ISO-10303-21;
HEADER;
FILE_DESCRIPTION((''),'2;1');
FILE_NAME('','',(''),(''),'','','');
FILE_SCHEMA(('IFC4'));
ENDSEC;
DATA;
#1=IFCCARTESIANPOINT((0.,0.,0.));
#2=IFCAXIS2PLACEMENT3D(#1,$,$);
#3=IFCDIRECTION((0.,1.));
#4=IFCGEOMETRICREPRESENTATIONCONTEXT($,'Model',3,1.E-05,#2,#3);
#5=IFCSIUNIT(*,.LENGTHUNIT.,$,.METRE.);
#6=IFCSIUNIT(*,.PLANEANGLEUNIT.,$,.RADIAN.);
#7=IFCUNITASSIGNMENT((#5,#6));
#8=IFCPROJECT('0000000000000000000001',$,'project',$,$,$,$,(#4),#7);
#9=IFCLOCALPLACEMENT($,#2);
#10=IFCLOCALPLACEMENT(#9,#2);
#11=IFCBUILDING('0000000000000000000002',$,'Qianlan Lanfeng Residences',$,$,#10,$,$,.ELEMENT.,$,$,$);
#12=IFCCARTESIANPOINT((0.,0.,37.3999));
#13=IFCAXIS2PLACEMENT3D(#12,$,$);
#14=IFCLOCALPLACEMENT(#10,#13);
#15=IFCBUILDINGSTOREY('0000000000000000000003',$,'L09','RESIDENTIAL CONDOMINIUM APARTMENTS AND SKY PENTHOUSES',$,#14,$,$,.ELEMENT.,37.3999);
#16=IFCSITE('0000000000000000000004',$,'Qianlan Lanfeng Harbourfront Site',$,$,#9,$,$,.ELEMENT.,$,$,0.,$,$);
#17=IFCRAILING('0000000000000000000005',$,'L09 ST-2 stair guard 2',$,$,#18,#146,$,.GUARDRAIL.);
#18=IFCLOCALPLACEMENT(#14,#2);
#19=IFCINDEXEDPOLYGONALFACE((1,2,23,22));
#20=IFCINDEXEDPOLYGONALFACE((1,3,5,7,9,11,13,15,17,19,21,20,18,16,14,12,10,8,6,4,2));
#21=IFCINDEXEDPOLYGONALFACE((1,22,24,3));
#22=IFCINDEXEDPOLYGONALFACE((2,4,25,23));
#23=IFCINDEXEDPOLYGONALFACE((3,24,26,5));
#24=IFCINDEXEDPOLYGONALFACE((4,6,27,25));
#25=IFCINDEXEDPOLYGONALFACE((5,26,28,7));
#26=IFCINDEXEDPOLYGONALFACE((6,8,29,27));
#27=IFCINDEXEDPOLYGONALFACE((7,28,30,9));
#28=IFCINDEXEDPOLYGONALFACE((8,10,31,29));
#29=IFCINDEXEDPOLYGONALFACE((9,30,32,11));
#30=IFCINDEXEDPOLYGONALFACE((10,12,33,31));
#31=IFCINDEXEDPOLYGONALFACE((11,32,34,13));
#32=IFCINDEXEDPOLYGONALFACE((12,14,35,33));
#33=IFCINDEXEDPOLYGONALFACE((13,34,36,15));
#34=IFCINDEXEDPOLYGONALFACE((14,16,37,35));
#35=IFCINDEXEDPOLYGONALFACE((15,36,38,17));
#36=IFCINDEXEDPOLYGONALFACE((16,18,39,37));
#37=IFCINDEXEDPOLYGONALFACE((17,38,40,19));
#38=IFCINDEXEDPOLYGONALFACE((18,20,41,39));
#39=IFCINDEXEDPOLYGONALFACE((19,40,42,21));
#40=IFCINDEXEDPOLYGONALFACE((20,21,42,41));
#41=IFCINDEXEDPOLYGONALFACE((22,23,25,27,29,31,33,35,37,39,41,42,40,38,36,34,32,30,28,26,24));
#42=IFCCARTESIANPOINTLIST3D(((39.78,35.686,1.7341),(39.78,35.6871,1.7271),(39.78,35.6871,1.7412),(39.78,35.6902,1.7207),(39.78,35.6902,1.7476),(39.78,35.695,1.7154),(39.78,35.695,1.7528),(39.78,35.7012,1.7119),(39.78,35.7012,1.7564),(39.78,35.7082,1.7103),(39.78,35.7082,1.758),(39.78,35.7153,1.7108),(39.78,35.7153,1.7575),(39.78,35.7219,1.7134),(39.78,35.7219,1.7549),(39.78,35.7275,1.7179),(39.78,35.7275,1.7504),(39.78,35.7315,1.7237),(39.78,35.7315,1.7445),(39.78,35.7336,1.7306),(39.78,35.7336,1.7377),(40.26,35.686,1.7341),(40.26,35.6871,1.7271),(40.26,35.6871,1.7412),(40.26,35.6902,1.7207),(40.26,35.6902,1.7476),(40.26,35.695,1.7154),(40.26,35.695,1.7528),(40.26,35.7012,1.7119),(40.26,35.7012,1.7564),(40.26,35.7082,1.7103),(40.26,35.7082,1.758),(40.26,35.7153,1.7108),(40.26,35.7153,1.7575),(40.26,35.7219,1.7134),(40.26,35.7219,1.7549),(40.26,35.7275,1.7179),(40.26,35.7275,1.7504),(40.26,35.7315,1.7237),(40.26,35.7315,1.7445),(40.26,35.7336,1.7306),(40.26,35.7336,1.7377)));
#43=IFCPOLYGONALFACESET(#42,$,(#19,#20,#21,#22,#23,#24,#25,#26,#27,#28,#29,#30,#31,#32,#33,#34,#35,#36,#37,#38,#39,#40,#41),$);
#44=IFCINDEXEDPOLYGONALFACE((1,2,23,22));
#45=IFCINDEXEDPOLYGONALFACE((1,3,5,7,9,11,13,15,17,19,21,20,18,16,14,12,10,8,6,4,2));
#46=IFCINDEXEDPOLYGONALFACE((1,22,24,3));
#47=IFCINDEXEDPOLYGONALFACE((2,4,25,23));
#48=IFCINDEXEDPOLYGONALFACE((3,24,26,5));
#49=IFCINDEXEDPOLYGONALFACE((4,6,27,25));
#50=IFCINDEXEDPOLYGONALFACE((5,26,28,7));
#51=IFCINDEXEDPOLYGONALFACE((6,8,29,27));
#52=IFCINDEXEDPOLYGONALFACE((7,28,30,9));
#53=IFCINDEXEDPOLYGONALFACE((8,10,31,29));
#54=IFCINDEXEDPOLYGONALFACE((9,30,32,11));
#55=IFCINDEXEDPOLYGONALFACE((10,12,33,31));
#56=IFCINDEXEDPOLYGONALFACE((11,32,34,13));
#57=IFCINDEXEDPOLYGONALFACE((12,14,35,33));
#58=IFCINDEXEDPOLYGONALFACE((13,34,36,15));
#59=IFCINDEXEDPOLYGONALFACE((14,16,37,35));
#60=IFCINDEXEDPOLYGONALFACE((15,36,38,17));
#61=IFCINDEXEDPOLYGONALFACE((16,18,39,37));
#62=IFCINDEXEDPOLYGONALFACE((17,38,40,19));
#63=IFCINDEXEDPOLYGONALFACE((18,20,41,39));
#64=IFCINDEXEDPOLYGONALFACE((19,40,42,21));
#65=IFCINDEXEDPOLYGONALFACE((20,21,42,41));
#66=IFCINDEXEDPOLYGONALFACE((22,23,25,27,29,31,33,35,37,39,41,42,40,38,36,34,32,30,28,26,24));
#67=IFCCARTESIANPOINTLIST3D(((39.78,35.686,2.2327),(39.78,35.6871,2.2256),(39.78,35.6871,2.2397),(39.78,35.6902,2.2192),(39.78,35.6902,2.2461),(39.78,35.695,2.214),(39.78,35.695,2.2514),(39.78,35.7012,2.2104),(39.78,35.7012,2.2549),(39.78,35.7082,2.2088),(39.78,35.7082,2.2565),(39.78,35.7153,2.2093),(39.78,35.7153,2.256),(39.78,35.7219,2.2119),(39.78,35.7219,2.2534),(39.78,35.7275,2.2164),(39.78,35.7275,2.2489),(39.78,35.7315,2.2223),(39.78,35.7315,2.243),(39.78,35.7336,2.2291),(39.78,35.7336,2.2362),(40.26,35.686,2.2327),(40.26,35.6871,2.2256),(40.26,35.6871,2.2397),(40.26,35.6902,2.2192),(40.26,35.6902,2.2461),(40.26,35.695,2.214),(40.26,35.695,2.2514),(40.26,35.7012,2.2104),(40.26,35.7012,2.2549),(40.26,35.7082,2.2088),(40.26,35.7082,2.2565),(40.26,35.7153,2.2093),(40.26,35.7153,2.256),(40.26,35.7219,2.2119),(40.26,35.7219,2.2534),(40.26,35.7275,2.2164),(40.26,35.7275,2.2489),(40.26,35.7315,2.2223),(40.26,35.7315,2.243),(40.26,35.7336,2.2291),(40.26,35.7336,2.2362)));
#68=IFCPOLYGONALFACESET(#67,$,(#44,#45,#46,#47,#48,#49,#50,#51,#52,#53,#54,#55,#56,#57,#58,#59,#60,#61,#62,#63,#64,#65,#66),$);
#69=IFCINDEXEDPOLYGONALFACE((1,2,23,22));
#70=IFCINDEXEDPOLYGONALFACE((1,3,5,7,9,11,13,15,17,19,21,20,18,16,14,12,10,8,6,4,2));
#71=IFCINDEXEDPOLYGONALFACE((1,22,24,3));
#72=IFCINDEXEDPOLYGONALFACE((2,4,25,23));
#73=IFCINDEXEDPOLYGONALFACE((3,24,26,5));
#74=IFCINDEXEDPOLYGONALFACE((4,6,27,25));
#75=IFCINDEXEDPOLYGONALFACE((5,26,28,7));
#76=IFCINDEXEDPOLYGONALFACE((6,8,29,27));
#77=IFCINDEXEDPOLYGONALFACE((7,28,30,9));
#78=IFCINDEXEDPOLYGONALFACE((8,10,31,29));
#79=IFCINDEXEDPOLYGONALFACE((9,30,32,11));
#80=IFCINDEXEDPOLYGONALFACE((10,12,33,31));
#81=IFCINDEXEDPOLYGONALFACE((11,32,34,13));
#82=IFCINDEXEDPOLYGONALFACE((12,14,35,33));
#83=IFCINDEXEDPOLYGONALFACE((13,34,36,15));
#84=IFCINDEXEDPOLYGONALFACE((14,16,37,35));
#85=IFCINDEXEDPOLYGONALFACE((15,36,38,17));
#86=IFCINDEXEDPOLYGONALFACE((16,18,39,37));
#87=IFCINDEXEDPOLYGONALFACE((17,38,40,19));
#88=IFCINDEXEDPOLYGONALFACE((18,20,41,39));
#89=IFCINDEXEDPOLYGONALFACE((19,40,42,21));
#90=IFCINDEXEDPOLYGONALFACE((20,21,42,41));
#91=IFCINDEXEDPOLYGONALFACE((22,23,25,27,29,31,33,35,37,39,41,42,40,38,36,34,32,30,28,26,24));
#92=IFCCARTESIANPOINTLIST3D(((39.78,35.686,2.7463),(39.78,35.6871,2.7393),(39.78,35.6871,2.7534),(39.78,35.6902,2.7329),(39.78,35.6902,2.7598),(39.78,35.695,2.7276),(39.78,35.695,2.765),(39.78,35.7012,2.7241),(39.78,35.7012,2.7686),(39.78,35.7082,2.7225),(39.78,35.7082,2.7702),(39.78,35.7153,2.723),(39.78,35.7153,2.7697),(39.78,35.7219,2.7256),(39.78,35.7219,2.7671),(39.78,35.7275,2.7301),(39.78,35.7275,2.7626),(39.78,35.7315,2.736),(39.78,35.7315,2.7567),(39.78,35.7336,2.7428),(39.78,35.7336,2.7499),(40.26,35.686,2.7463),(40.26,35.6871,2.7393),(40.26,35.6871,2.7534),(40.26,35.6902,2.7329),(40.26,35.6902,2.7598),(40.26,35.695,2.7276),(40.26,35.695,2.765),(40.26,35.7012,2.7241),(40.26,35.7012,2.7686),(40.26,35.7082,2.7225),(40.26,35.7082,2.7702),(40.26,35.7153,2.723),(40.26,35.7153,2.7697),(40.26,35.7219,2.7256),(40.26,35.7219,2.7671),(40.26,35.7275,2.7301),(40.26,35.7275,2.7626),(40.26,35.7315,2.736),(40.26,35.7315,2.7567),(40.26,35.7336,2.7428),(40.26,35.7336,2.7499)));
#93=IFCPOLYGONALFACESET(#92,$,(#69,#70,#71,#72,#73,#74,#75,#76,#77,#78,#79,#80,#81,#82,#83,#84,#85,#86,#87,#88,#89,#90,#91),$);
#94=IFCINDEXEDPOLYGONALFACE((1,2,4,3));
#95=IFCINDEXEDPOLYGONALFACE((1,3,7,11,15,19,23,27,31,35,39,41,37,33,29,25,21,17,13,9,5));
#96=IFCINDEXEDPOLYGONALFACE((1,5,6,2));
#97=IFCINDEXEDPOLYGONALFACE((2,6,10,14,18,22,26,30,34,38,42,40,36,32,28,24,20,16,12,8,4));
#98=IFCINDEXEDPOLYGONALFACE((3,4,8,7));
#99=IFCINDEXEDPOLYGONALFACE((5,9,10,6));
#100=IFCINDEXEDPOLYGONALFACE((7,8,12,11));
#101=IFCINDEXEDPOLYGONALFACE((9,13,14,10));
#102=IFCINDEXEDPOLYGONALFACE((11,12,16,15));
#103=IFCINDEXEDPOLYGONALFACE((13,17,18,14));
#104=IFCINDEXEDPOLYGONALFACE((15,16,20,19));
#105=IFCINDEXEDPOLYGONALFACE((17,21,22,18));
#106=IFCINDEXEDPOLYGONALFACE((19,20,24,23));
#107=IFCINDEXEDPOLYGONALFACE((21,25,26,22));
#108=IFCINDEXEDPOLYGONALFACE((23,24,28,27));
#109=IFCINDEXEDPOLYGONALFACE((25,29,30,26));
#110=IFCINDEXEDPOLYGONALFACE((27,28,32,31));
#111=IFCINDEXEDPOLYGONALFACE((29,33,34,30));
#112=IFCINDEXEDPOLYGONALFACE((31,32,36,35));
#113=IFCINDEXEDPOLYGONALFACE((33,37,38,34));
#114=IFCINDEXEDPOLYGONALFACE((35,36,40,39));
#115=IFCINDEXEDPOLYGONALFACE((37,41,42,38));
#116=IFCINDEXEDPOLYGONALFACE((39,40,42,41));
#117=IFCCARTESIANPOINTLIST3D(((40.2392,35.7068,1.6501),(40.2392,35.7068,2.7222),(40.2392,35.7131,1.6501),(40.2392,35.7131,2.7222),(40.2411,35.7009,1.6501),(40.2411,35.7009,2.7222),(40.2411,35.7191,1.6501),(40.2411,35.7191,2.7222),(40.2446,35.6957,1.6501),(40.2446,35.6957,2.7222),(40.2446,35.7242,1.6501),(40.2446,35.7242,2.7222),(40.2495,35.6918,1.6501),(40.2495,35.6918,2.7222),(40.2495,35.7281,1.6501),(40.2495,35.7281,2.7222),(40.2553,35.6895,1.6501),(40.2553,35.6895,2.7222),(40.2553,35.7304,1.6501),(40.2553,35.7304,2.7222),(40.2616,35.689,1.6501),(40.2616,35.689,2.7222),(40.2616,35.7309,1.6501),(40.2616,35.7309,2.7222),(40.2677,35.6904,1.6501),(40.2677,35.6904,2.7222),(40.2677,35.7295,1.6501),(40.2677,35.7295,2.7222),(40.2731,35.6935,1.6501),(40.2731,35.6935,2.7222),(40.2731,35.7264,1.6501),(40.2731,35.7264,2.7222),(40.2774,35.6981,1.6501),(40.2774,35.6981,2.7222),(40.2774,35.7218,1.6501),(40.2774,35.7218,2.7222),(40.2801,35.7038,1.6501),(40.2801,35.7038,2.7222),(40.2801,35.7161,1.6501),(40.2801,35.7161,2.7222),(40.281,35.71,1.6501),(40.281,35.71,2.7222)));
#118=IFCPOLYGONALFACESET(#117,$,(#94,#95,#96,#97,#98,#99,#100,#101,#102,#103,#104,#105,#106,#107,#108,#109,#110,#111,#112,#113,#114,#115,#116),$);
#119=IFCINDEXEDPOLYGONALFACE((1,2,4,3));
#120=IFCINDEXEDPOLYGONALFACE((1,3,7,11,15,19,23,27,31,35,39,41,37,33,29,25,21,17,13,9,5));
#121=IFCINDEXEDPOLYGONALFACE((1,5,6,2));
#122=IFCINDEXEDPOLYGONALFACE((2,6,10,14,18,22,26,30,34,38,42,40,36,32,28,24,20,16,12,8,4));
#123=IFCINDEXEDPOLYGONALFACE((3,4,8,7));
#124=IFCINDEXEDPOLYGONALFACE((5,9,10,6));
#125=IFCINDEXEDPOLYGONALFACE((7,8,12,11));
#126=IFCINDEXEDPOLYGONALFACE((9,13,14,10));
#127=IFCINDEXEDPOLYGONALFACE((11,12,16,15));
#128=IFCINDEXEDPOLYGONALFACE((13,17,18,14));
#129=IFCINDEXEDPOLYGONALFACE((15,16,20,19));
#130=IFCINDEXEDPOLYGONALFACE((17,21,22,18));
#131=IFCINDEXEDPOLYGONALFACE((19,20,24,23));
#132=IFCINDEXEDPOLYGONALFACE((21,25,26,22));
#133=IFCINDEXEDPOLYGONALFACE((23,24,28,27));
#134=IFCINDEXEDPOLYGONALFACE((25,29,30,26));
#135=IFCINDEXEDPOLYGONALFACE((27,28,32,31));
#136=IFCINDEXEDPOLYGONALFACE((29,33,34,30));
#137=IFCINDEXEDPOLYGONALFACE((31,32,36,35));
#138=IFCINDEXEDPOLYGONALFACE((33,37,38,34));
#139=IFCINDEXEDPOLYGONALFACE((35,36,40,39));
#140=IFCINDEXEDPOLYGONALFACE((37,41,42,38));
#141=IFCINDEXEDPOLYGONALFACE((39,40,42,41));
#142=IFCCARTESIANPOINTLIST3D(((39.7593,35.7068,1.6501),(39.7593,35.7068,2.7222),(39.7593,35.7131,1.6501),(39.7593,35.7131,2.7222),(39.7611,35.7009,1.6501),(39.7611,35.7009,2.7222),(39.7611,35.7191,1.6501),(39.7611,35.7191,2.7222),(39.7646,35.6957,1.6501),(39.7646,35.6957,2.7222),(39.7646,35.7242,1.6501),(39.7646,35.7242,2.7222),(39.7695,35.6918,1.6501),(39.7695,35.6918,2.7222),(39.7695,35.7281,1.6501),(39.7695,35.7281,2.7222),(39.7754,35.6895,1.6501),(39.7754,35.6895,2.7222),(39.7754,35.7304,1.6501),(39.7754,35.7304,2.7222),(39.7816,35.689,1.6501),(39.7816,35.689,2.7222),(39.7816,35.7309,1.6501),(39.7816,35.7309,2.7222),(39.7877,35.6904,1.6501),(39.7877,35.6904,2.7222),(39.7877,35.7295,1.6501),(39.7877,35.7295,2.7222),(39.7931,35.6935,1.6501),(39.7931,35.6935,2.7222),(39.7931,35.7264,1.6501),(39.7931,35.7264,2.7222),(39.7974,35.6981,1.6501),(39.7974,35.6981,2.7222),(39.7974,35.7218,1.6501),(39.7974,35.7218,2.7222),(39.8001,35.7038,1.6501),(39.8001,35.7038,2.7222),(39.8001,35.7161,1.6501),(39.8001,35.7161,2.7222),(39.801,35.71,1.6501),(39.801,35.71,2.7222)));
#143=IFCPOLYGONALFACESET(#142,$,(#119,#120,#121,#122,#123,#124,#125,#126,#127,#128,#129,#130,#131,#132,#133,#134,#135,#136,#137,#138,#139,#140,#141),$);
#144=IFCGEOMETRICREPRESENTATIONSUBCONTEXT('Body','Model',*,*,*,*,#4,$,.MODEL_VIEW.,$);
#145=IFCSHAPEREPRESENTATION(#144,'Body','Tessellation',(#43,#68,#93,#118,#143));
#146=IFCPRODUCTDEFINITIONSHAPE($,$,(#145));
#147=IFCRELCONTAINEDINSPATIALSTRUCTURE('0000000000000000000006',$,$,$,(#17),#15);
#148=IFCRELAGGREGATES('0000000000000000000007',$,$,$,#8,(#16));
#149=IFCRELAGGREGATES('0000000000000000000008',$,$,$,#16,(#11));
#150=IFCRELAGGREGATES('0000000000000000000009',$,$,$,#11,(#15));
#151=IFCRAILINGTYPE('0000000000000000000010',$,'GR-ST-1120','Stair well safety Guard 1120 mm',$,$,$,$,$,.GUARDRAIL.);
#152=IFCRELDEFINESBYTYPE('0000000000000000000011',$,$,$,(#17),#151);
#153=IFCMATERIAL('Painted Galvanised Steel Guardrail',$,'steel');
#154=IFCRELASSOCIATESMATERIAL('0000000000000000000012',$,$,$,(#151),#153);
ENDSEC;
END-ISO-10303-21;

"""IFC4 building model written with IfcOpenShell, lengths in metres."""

from ifc_helpers import new_model, si_unit, direction, frame, origin, origin_2d, place, context, subcontext, project, spatial, circle, extrude, material, type_object, element, save


model = new_model("IFC4")

# Units and contexts
model_context = context("Model", 3, precision=1e-05, world=origin(), true_north=direction((0.0, 1.0)))
body_context = subcontext(model_context, "Body", "Model", "MODEL_VIEW")
ifc_project = project(units=[si_unit("LENGTHUNIT", "METRE"), si_unit("PLANEANGLEUNIT", "RADIAN")], contexts=[model_context])

# Site, building, storey
site_placement = place(None, origin())
site = spatial("IfcSite", under=ifc_project, at=site_placement, Name="Qianlan Lanfeng Harbourfront Site", CompositionType="ELEMENT", RefElevation=0.0)
building_placement = place(site_placement, origin())
building = spatial("IfcBuilding", under=site, at=building_placement, Name="Qianlan Lanfeng Residences", CompositionType="ELEMENT")
storey_placement = place(building_placement, frame((0.0, 0.0, 37.3999)))
storey = spatial("IfcBuildingStorey", under=building, at=storey_placement, Name="L09", Description="RESIDENTIAL CONDOMINIUM APARTMENTS AND SKY PENTHOUSES", CompositionType="ELEMENT", Elevation=37.3999)

# Railing
ifc_material_1 = material(Name="Painted Galvanised Steel Guardrail", Category="steel")
railing_type_1 = type_object("IfcRailingType", Name="GR-ST-1120", Description="Stair well safety Guard 1120 mm", PredefinedType="GUARDRAIL", material=ifc_material_1)
railing_1_placement = place(storey_placement, frame((40.26, 35.71, 1.6501)))
element("IfcRailing", 1, at=railing_1_placement, inside=storey, type_object=railing_type_1, Name="L09 ST-2 stair guard 2", PredefinedType="GUARDRAIL", context=body_context, shape_type="SweptSolid", body=[
    extrude(circle(Radius=0.0239, at=origin_2d()), frame((0.0, 0.0, 0.084), z_axis=(-1.0, 0.0, 0.0), x_axis=(0.0, -1.0, 0.0)), (0.0, 0.0, 1.0), 0.48),
    extrude(circle(Radius=0.0239, at=origin_2d()), frame((0.0, 0.0, 0.5825), z_axis=(-1.0, 0.0, 0.0), x_axis=(0.0, -1.0, 0.0)), (0.0, 0.0, 1.0), 0.48),
    extrude(circle(Radius=0.0239, at=origin_2d()), frame((0.0, 0.0, 1.0962), z_axis=(-1.0, 0.0, 0.0), x_axis=(0.0, -1.0, 0.0)), (0.0, 0.0, 1.0), 0.48),
    extrude(circle(Radius=0.021, at=origin_2d()), origin(), (0.0, 0.0, 1.0), 1.072),
    extrude(circle(Radius=0.021, at=origin_2d()), frame((-0.48, 0.0, 0.0)), (0.0, 0.0, 1.0), 1.072),
])

save(model, "model.ifc")
